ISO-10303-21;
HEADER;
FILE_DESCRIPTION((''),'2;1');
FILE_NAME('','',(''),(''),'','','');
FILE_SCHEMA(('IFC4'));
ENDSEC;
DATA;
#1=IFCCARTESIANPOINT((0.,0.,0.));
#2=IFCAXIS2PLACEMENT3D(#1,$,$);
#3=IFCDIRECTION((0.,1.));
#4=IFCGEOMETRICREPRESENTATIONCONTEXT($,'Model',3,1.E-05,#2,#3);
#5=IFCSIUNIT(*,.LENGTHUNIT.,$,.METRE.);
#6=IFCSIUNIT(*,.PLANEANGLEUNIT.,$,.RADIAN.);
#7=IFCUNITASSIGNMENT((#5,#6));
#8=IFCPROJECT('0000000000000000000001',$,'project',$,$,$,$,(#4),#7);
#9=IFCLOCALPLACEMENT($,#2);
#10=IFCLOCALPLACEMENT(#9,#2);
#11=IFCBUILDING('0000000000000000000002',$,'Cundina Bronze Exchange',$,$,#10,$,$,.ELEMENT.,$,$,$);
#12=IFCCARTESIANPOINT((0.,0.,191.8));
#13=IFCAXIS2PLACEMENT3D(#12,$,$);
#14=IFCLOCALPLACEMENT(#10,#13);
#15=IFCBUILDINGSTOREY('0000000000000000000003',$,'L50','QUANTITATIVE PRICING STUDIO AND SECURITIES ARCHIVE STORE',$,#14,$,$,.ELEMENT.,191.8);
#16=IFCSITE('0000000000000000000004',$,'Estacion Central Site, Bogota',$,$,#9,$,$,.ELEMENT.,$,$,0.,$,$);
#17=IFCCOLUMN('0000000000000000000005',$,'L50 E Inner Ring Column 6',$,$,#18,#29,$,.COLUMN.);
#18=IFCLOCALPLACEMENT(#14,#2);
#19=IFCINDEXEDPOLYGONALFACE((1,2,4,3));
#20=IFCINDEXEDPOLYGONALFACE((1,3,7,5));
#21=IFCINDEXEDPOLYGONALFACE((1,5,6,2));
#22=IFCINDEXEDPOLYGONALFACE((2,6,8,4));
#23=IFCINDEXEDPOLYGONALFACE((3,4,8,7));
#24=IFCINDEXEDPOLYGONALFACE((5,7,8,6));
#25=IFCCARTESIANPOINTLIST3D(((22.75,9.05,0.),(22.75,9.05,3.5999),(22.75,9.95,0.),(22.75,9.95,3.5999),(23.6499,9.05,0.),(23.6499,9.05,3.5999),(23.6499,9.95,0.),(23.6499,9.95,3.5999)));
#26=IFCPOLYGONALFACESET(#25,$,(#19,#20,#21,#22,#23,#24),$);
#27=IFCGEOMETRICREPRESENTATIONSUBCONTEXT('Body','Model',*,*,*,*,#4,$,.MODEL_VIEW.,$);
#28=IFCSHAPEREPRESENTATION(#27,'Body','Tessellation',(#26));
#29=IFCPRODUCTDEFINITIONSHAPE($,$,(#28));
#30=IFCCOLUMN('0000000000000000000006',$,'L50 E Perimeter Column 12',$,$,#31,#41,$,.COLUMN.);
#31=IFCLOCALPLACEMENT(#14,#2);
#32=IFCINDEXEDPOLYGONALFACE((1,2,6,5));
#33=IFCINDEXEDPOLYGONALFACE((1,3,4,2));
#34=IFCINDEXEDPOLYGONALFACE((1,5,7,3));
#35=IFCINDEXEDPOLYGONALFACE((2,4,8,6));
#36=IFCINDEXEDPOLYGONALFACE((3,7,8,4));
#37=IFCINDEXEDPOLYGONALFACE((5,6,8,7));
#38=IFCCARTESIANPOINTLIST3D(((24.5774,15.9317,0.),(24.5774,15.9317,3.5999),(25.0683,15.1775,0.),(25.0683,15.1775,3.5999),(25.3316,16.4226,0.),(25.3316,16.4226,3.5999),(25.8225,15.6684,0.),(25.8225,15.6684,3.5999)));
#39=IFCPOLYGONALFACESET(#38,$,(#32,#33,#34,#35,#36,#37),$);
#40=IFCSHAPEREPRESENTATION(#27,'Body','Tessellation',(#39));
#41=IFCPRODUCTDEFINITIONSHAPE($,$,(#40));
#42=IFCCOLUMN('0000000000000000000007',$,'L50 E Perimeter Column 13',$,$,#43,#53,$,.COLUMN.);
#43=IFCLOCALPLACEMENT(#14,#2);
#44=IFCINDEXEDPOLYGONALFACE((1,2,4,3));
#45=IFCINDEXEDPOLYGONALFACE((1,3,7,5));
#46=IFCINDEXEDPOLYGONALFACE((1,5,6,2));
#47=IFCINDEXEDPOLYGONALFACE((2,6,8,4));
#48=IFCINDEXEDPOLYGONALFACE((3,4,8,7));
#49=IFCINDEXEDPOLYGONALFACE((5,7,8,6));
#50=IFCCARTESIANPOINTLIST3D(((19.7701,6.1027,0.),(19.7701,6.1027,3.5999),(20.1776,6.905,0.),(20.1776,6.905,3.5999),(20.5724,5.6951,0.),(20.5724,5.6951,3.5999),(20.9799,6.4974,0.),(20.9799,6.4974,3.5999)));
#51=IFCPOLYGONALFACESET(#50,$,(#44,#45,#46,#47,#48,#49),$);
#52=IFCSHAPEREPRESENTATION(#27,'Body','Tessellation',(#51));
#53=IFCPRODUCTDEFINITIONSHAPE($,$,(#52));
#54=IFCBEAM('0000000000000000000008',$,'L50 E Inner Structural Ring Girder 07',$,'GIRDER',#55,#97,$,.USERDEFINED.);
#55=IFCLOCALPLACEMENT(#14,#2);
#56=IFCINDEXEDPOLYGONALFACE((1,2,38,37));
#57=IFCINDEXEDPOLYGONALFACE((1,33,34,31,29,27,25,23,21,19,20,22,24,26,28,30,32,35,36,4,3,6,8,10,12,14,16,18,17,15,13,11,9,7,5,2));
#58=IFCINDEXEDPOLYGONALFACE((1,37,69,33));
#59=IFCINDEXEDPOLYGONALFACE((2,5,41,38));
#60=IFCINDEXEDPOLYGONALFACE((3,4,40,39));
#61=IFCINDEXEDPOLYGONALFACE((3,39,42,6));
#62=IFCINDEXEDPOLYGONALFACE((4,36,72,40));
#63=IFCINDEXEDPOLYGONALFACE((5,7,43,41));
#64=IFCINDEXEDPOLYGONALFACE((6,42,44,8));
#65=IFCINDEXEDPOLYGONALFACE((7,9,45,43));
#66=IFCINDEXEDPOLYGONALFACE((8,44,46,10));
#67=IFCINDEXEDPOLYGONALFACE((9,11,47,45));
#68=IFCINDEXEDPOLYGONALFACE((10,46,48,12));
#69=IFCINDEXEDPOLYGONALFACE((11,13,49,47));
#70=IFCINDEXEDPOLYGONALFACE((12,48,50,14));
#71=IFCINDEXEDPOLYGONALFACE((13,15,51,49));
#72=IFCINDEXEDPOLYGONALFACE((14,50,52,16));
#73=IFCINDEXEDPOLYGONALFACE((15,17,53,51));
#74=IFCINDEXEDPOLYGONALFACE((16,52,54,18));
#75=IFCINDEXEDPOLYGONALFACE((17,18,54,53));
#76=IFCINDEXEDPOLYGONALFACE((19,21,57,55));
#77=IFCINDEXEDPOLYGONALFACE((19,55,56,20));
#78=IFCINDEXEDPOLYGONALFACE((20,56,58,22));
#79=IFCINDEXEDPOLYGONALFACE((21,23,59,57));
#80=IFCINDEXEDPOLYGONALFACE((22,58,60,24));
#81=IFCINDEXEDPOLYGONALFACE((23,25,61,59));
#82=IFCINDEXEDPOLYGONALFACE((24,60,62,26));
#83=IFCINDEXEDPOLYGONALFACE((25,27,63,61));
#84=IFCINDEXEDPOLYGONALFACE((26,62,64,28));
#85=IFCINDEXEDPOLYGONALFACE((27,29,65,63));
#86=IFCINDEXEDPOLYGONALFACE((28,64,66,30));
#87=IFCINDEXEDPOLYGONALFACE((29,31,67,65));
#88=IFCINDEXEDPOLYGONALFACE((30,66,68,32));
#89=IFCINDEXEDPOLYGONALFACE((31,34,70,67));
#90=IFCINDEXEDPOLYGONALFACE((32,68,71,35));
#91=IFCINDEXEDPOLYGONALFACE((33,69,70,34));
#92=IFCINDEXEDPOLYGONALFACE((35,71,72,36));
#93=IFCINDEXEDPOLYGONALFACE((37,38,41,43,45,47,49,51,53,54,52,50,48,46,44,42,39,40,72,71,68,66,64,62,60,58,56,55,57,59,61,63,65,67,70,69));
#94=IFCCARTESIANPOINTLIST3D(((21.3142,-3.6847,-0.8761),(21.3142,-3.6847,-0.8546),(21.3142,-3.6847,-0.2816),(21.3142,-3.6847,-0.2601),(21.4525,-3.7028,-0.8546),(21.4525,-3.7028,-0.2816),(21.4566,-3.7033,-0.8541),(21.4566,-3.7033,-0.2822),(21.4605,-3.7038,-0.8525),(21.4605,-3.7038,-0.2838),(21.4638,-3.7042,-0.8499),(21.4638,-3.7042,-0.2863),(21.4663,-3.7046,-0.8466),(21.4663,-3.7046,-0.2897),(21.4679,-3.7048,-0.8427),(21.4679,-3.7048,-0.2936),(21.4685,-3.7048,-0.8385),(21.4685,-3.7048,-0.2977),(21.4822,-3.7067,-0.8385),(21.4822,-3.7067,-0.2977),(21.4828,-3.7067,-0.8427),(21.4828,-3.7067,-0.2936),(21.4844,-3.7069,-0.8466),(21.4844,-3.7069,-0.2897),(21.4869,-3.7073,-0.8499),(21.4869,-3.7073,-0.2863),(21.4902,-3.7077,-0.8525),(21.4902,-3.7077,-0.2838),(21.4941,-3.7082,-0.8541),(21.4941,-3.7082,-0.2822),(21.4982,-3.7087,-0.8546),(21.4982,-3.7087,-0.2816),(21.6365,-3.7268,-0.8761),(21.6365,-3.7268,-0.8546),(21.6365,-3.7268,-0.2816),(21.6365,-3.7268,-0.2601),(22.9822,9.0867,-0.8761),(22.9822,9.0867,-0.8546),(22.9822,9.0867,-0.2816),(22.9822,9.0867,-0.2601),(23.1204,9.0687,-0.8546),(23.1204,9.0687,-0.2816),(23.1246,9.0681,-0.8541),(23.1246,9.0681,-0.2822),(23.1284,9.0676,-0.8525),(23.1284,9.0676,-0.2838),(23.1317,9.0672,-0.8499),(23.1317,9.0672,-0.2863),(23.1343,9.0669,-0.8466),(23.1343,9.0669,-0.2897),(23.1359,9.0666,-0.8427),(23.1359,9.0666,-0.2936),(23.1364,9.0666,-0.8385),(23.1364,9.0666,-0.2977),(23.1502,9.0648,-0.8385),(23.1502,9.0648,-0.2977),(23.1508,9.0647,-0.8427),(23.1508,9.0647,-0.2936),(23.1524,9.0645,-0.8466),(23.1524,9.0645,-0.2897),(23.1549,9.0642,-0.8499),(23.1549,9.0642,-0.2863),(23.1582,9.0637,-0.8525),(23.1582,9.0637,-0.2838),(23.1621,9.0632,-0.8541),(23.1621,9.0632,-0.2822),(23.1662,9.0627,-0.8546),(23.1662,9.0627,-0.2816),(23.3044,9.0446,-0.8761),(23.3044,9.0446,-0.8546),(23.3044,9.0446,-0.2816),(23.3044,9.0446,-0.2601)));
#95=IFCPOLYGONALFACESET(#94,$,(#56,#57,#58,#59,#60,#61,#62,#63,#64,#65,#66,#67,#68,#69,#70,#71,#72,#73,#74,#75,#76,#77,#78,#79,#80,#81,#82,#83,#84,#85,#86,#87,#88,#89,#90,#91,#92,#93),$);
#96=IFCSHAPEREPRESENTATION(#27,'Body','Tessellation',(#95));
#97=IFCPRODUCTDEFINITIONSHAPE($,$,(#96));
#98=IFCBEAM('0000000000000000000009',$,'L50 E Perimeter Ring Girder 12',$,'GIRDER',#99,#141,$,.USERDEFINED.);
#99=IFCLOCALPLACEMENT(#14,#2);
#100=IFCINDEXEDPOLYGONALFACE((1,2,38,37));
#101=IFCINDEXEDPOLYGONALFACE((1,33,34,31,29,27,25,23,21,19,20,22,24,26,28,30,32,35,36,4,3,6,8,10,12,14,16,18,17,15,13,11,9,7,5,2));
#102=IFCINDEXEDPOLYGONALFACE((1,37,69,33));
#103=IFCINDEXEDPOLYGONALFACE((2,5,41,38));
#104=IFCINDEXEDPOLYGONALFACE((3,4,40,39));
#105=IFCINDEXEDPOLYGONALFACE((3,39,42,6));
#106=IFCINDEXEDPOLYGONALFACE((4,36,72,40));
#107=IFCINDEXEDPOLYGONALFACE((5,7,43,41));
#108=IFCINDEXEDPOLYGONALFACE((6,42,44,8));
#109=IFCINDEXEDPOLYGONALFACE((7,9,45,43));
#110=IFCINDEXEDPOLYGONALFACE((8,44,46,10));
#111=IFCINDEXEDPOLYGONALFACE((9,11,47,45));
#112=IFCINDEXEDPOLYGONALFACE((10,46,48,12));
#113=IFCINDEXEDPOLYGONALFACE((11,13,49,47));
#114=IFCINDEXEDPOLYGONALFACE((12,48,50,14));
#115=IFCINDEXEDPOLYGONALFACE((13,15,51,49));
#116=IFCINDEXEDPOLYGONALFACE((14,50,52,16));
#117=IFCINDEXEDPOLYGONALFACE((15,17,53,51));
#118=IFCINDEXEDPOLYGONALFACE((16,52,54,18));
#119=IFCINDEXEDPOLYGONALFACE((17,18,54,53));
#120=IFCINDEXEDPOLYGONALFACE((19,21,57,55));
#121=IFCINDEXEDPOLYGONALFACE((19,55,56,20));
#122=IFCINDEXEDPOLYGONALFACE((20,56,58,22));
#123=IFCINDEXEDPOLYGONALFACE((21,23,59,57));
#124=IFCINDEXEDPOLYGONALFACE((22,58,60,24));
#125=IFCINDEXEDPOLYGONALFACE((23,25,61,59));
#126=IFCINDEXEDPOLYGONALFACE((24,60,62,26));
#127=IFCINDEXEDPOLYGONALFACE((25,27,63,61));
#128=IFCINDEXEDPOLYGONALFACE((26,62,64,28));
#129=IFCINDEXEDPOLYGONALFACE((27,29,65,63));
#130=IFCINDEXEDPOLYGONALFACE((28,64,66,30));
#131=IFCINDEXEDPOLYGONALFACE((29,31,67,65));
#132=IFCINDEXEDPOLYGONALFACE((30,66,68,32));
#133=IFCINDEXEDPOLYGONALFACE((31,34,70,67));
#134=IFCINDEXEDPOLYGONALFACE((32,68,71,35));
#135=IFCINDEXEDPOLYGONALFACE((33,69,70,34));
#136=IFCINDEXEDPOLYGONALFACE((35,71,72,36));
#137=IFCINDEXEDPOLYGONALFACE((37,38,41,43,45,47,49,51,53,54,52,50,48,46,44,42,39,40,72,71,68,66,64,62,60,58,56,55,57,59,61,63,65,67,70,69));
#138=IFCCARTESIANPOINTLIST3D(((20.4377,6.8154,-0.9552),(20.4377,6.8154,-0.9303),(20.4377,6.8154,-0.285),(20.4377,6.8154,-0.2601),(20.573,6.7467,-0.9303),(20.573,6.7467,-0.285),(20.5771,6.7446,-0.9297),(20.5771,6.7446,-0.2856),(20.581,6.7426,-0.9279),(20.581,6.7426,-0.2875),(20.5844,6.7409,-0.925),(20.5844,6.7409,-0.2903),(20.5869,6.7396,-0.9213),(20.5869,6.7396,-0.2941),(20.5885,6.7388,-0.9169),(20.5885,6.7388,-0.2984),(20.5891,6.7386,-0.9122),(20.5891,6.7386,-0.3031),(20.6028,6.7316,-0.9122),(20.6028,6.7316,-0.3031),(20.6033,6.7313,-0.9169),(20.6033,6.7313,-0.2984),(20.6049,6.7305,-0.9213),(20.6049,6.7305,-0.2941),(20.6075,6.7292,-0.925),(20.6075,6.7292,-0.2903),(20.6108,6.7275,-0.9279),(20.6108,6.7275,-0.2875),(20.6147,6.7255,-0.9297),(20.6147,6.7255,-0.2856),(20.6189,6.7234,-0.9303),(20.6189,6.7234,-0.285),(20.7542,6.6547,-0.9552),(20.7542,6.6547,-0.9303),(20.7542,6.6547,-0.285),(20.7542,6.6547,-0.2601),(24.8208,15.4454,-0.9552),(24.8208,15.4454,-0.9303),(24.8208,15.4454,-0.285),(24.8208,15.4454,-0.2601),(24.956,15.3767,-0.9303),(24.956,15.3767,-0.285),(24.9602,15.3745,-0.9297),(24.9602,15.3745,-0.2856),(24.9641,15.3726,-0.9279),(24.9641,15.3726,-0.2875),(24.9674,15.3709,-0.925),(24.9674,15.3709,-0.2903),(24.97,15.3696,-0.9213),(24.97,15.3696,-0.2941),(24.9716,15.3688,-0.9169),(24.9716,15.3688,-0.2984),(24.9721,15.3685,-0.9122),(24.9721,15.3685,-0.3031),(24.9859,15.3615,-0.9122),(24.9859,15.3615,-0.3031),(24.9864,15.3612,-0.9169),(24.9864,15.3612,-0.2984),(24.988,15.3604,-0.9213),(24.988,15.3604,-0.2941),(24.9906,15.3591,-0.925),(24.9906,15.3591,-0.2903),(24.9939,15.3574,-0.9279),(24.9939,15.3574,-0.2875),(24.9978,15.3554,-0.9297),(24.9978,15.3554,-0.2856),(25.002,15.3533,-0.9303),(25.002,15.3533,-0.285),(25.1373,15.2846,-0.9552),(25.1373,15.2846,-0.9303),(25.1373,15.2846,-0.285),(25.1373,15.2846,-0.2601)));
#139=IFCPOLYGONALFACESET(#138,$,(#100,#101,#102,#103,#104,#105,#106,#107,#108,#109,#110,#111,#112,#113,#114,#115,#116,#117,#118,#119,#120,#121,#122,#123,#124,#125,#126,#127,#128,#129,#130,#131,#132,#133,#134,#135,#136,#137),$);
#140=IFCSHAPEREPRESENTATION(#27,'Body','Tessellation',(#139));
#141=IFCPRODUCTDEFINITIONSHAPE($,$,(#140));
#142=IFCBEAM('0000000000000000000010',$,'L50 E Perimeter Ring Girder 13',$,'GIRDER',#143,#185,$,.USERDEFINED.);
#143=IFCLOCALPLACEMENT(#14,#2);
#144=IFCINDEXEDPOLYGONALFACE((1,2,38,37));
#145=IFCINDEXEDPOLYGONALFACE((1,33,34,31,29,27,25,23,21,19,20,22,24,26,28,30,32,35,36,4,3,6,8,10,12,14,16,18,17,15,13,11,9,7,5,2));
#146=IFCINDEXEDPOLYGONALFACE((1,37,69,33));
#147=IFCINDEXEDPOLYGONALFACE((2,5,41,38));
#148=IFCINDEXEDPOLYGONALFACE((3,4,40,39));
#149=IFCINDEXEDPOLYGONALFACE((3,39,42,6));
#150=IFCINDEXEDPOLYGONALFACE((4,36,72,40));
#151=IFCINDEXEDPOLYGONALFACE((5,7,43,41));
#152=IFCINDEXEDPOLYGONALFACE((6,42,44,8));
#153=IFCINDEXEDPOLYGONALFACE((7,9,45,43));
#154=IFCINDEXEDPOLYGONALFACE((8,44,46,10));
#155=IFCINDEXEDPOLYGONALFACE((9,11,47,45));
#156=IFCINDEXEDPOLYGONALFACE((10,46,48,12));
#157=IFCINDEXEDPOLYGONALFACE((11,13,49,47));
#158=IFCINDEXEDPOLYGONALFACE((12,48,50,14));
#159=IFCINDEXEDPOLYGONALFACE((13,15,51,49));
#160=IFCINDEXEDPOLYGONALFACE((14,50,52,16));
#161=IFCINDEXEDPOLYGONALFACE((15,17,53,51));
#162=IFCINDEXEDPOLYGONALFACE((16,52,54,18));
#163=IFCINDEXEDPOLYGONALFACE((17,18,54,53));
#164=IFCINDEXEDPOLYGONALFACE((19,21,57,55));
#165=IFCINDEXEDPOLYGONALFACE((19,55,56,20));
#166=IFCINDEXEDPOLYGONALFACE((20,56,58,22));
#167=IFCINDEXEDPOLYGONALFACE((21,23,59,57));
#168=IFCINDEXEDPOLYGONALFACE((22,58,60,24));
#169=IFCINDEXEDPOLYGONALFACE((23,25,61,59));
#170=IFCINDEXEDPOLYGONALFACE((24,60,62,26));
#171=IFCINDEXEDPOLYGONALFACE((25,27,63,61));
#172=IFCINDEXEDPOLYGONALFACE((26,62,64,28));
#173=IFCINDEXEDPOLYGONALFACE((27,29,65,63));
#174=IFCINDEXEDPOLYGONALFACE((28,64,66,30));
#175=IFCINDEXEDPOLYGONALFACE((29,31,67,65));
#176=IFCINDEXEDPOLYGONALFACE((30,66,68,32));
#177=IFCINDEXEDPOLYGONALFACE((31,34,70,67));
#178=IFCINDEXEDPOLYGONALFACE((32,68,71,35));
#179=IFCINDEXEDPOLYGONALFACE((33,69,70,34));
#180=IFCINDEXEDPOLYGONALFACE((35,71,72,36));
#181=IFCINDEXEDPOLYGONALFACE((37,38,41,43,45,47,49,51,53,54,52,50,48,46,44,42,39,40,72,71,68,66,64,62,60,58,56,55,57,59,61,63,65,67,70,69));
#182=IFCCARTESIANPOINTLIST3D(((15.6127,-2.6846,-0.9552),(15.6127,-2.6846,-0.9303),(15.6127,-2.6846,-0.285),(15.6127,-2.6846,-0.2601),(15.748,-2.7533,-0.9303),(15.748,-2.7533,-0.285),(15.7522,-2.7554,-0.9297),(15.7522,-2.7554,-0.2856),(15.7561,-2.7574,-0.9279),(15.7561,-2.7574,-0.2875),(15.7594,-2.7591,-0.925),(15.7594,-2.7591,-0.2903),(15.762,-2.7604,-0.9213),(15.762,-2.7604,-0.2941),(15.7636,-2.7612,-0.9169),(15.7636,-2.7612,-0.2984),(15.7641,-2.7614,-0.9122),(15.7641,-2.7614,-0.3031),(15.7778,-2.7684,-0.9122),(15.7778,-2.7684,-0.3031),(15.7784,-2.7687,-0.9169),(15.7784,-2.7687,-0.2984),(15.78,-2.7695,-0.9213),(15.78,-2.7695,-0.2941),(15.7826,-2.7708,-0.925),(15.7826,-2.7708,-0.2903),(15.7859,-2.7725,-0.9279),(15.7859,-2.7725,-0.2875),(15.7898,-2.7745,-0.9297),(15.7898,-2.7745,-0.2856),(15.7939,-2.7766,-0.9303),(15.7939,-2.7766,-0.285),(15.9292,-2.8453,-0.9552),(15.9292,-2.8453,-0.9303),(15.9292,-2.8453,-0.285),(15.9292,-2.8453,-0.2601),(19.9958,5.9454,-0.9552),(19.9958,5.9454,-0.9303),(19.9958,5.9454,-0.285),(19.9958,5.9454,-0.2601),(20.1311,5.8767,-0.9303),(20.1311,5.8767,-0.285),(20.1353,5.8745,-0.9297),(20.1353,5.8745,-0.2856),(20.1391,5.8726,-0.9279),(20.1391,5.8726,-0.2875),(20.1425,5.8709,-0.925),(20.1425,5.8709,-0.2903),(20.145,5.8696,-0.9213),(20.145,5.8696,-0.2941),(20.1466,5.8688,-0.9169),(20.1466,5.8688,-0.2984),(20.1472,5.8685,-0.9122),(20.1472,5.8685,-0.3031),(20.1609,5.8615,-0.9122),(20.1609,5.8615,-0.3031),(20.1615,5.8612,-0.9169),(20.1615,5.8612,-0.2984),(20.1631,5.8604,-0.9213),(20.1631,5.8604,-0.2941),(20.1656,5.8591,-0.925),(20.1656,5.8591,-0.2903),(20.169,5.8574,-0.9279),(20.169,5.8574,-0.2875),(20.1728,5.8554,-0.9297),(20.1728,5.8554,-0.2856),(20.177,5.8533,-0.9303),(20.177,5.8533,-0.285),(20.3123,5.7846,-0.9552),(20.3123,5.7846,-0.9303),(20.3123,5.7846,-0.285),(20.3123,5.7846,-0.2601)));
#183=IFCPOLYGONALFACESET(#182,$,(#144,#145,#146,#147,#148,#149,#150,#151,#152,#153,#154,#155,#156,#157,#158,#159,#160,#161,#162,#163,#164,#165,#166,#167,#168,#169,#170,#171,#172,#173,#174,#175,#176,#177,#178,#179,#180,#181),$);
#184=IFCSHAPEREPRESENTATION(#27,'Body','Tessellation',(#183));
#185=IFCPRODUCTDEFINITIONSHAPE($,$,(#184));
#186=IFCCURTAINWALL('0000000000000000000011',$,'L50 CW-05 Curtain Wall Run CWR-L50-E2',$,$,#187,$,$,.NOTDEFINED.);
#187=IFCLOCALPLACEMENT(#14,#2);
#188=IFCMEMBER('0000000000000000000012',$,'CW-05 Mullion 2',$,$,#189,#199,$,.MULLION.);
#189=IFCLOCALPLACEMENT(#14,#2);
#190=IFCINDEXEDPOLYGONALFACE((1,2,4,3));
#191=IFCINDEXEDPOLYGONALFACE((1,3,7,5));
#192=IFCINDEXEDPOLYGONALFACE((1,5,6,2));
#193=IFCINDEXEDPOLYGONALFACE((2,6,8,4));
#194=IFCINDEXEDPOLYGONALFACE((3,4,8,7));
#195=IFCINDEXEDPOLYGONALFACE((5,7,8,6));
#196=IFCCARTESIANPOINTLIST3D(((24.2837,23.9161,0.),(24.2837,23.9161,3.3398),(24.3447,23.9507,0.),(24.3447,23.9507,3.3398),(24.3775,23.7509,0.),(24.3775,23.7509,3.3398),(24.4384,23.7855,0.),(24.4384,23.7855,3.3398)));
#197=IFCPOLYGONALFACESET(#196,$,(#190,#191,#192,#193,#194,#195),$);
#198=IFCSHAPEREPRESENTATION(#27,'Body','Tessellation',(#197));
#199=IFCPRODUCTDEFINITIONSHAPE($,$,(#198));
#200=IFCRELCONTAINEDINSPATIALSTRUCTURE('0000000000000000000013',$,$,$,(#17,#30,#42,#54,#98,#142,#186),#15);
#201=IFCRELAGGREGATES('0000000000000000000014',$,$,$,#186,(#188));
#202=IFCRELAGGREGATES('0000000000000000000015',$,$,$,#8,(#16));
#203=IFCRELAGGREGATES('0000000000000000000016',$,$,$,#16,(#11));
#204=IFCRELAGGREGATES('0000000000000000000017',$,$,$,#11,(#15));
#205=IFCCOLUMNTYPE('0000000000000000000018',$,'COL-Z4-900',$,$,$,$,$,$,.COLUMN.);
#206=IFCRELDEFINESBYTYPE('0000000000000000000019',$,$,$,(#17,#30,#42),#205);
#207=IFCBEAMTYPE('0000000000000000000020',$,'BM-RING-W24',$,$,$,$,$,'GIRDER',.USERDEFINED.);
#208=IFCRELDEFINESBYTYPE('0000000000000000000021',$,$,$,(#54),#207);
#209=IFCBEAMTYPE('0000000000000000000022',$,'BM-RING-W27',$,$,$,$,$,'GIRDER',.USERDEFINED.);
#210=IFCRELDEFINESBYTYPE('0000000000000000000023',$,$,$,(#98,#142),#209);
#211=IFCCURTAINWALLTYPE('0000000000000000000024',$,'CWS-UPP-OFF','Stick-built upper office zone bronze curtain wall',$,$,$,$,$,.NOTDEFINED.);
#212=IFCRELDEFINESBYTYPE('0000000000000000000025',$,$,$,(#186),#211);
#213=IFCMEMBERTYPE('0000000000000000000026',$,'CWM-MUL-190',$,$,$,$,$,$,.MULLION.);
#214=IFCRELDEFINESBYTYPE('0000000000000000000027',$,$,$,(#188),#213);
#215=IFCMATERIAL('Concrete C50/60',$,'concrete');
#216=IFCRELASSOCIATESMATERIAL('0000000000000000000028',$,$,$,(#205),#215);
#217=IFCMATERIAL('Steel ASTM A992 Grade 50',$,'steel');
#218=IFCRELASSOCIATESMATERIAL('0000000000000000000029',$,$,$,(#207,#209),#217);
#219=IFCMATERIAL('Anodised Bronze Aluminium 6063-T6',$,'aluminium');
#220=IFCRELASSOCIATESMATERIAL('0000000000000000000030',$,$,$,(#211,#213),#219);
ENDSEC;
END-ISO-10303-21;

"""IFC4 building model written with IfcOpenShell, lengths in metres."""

from ifc_helpers import new_model, si_unit, direction, frame, origin, origin_2d, place, context, subcontext, project, spatial, rectangle, i_section, extrude, material, material_profile, profile_set, type_object, element, aggregate, save


model = new_model("IFC4")

# Units and contexts
model_context = context("Model", 3, precision=1e-05, world=origin(), true_north=direction((0.0, 1.0)))
body_context = subcontext(model_context, "Body", "Model", "MODEL_VIEW")
ifc_project = project(units=[si_unit("LENGTHUNIT", "METRE"), si_unit("PLANEANGLEUNIT", "RADIAN")], contexts=[model_context])

# Site, building, storey
site_placement = place(None, origin())
site = spatial("IfcSite", under=ifc_project, at=site_placement, Name="Estacion Central Site, Bogota", CompositionType="ELEMENT", RefElevation=0.0)
building_placement = place(site_placement, origin())
building = spatial("IfcBuilding", under=site, at=building_placement, Name="Cundina Bronze Exchange", CompositionType="ELEMENT")
storey_placement = place(building_placement, frame((0.0, 0.0, 191.8)))
storey = spatial("IfcBuildingStorey", under=building, at=storey_placement, Name="L50", Description="QUANTITATIVE PRICING STUDIO AND SECURITIES ARCHIVE STORE", CompositionType="ELEMENT", Elevation=191.8)

# Columns
ifc_material_1 = material(Name="Concrete C50/60", Category="concrete")
ifc_material_profile_1 = material_profile(ifc_material_1, rectangle(XDim=0.8999, YDim=0.8999, at=origin_2d()), Name="RC900X900", Category="concrete")
ifc_profile_set_1 = profile_set([ifc_material_profile_1], Name="Concrete C50/60")
column_type = type_object("IfcColumnType", Name="COL-Z4-900", PredefinedType="COLUMN", material=ifc_profile_set_1)
for number, where, z_axis, x_axis, name in (
    (1, (23.2, 9.5, 0.0), (0.0, 0.0, 1.0), (1.0, 0.0, 0.0), "L50 E Inner Ring Column 6"),
    (2, (25.2, 15.8, 0.0), (0.0, 0.0, 1.0), (-0.8381, -0.545517, 0.0), "L50 E Perimeter Column 12"),
    (3, (20.375, 6.3, 0.0), (0.0, 0.0, 1.0), (-0.452902, -0.891561, 0.0), "L50 E Perimeter Column 13"),
):
    element("IfcColumn", number, at=place(storey_placement, frame(where, z_axis=z_axis, x_axis=x_axis)), inside=storey, type_object=column_type, Name=name, PredefinedType="COLUMN", context=body_context, shape_type="SweptSolid", body=[
        extrude(rectangle(XDim=0.8999, YDim=0.8999, at=origin_2d()), origin(), (0.0, 0.0, 1.0), 3.5999),
    ])

# Beams
ifc_material_2 = material(Name="Steel ASTM A992 Grade 50", Category="steel")
ifc_material_profile_2 = material_profile(ifc_material_2, i_section(OverallWidth=0.325, OverallDepth=0.616, WebThickness=0.0139, FlangeThickness=0.0215, FilletRadius=0.0161, at=origin_2d()), Name="W24X117", Category="steel")
ifc_profile_set_2 = profile_set([ifc_material_profile_2], Name="Steel ASTM A992 Grade 50")
beam_type_1 = type_object("IfcBeamType", Name="BM-RING-W24", ElementType="GIRDER", PredefinedType="USERDEFINED", material=ifc_profile_set_2)
beam_placement = place(storey_placement, frame((23.1433, 9.0657, -0.5681), z_axis=(-0.129501, -0.991579, 0.0), x_axis=(0.991579, -0.129501, 0.0)))
element("IfcBeam", 4, at=beam_placement, inside=storey, type_object=beam_type_1, Name="L50 E Inner Structural Ring Girder 07", ObjectType="GIRDER", PredefinedType="USERDEFINED", context=body_context, shape_type="SweptSolid", body=[
    extrude(i_section(OverallWidth=0.325, OverallDepth=0.616, WebThickness=0.0139, FlangeThickness=0.0215, FilletRadius=0.0161, at=origin_2d()), origin(), (0.0, 0.0, 1.0), 12.8799),
])
ifc_material_profile_3 = material_profile(ifc_material_2, i_section(OverallWidth=0.355, OverallDepth=0.6951, WebThickness=0.0154, FlangeThickness=0.0249, FilletRadius=0.0181, at=origin_2d()), Name="W27X146", Category="steel")
ifc_profile_set_3 = profile_set([ifc_material_profile_3], Name="Steel ASTM A992 Grade 50")
beam_type_2 = type_object("IfcBeamType", Name="BM-RING-W27", ElementType="GIRDER", PredefinedType="USERDEFINED", material=ifc_profile_set_3)
for number, where, z_axis, x_axis, name in (
    (5, (24.979, 15.365, -0.6077), (-0.452835, -0.891595, 0.0), (0.891595, -0.452835, 0.0), "L50 E Perimeter Ring Girder 12"),
    (6, (20.1541, 5.865, -0.6077), (-0.452835, -0.891595, 0.0), (0.891595, -0.452835, 0.0), "L50 E Perimeter Ring Girder 13"),
):
    element("IfcBeam", number, at=place(storey_placement, frame(where, z_axis=z_axis, x_axis=x_axis)), inside=storey, type_object=beam_type_2, Name=name, ObjectType="GIRDER", PredefinedType="USERDEFINED", context=body_context, shape_type="SweptSolid", body=[
        extrude(i_section(OverallWidth=0.355, OverallDepth=0.6951, WebThickness=0.0154, FlangeThickness=0.0249, FilletRadius=0.0181, at=origin_2d()), origin(), (0.0, 0.0, 1.0), 9.6792),
    ])

# Curtain wall, member
ifc_material_3 = material(Name="Anodised Bronze Aluminium 6063-T6", Category="aluminium")
curtain_wall_type = type_object("IfcCurtainWallType", Name="CWS-UPP-OFF", Description="Stick-built upper office zone bronze curtain wall", PredefinedType="NOTDEFINED", material=ifc_material_3)
curtain_wall_placement = place(storey_placement, origin())
curtain_wall = element("IfcCurtainWall", 7, at=curtain_wall_placement, inside=storey, type_object=curtain_wall_type, Name="L50 CW-05 Curtain Wall Run CWR-L50-E2", PredefinedType="NOTDEFINED")
ifc_material_profile_4 = material_profile(ifc_material_3, rectangle(XDim=0.0701, YDim=0.1899, at=origin_2d()), Name="AL70X190", Category="aluminium")
ifc_profile_set_4 = profile_set([ifc_material_profile_4], Name="Anodised Bronze Aluminium 6063-T6")
member_type_1 = type_object("IfcMemberType", Name="CWM-MUL-190", PredefinedType="MULLION", material=ifc_profile_set_4)
member_1_placement = place(storey_placement, frame((24.3611, 23.8508, 0.0), z_axis=(0.0, 0.0, 1.0), x_axis=(-0.869581, -0.49379, 0.0)))
member_1 = element("IfcMember", 8, at=member_1_placement, type_object=member_type_1, Name="CW-05 Mullion 2", PredefinedType="MULLION", context=body_context, shape_type="SweptSolid", body=[
    extrude(rectangle(XDim=0.0701, YDim=0.1899, at=origin_2d()), origin(), (0.0, 0.0, 1.0), 3.3398),
])
aggregate(curtain_wall, [member_1])

save(model, "model.ifc")
